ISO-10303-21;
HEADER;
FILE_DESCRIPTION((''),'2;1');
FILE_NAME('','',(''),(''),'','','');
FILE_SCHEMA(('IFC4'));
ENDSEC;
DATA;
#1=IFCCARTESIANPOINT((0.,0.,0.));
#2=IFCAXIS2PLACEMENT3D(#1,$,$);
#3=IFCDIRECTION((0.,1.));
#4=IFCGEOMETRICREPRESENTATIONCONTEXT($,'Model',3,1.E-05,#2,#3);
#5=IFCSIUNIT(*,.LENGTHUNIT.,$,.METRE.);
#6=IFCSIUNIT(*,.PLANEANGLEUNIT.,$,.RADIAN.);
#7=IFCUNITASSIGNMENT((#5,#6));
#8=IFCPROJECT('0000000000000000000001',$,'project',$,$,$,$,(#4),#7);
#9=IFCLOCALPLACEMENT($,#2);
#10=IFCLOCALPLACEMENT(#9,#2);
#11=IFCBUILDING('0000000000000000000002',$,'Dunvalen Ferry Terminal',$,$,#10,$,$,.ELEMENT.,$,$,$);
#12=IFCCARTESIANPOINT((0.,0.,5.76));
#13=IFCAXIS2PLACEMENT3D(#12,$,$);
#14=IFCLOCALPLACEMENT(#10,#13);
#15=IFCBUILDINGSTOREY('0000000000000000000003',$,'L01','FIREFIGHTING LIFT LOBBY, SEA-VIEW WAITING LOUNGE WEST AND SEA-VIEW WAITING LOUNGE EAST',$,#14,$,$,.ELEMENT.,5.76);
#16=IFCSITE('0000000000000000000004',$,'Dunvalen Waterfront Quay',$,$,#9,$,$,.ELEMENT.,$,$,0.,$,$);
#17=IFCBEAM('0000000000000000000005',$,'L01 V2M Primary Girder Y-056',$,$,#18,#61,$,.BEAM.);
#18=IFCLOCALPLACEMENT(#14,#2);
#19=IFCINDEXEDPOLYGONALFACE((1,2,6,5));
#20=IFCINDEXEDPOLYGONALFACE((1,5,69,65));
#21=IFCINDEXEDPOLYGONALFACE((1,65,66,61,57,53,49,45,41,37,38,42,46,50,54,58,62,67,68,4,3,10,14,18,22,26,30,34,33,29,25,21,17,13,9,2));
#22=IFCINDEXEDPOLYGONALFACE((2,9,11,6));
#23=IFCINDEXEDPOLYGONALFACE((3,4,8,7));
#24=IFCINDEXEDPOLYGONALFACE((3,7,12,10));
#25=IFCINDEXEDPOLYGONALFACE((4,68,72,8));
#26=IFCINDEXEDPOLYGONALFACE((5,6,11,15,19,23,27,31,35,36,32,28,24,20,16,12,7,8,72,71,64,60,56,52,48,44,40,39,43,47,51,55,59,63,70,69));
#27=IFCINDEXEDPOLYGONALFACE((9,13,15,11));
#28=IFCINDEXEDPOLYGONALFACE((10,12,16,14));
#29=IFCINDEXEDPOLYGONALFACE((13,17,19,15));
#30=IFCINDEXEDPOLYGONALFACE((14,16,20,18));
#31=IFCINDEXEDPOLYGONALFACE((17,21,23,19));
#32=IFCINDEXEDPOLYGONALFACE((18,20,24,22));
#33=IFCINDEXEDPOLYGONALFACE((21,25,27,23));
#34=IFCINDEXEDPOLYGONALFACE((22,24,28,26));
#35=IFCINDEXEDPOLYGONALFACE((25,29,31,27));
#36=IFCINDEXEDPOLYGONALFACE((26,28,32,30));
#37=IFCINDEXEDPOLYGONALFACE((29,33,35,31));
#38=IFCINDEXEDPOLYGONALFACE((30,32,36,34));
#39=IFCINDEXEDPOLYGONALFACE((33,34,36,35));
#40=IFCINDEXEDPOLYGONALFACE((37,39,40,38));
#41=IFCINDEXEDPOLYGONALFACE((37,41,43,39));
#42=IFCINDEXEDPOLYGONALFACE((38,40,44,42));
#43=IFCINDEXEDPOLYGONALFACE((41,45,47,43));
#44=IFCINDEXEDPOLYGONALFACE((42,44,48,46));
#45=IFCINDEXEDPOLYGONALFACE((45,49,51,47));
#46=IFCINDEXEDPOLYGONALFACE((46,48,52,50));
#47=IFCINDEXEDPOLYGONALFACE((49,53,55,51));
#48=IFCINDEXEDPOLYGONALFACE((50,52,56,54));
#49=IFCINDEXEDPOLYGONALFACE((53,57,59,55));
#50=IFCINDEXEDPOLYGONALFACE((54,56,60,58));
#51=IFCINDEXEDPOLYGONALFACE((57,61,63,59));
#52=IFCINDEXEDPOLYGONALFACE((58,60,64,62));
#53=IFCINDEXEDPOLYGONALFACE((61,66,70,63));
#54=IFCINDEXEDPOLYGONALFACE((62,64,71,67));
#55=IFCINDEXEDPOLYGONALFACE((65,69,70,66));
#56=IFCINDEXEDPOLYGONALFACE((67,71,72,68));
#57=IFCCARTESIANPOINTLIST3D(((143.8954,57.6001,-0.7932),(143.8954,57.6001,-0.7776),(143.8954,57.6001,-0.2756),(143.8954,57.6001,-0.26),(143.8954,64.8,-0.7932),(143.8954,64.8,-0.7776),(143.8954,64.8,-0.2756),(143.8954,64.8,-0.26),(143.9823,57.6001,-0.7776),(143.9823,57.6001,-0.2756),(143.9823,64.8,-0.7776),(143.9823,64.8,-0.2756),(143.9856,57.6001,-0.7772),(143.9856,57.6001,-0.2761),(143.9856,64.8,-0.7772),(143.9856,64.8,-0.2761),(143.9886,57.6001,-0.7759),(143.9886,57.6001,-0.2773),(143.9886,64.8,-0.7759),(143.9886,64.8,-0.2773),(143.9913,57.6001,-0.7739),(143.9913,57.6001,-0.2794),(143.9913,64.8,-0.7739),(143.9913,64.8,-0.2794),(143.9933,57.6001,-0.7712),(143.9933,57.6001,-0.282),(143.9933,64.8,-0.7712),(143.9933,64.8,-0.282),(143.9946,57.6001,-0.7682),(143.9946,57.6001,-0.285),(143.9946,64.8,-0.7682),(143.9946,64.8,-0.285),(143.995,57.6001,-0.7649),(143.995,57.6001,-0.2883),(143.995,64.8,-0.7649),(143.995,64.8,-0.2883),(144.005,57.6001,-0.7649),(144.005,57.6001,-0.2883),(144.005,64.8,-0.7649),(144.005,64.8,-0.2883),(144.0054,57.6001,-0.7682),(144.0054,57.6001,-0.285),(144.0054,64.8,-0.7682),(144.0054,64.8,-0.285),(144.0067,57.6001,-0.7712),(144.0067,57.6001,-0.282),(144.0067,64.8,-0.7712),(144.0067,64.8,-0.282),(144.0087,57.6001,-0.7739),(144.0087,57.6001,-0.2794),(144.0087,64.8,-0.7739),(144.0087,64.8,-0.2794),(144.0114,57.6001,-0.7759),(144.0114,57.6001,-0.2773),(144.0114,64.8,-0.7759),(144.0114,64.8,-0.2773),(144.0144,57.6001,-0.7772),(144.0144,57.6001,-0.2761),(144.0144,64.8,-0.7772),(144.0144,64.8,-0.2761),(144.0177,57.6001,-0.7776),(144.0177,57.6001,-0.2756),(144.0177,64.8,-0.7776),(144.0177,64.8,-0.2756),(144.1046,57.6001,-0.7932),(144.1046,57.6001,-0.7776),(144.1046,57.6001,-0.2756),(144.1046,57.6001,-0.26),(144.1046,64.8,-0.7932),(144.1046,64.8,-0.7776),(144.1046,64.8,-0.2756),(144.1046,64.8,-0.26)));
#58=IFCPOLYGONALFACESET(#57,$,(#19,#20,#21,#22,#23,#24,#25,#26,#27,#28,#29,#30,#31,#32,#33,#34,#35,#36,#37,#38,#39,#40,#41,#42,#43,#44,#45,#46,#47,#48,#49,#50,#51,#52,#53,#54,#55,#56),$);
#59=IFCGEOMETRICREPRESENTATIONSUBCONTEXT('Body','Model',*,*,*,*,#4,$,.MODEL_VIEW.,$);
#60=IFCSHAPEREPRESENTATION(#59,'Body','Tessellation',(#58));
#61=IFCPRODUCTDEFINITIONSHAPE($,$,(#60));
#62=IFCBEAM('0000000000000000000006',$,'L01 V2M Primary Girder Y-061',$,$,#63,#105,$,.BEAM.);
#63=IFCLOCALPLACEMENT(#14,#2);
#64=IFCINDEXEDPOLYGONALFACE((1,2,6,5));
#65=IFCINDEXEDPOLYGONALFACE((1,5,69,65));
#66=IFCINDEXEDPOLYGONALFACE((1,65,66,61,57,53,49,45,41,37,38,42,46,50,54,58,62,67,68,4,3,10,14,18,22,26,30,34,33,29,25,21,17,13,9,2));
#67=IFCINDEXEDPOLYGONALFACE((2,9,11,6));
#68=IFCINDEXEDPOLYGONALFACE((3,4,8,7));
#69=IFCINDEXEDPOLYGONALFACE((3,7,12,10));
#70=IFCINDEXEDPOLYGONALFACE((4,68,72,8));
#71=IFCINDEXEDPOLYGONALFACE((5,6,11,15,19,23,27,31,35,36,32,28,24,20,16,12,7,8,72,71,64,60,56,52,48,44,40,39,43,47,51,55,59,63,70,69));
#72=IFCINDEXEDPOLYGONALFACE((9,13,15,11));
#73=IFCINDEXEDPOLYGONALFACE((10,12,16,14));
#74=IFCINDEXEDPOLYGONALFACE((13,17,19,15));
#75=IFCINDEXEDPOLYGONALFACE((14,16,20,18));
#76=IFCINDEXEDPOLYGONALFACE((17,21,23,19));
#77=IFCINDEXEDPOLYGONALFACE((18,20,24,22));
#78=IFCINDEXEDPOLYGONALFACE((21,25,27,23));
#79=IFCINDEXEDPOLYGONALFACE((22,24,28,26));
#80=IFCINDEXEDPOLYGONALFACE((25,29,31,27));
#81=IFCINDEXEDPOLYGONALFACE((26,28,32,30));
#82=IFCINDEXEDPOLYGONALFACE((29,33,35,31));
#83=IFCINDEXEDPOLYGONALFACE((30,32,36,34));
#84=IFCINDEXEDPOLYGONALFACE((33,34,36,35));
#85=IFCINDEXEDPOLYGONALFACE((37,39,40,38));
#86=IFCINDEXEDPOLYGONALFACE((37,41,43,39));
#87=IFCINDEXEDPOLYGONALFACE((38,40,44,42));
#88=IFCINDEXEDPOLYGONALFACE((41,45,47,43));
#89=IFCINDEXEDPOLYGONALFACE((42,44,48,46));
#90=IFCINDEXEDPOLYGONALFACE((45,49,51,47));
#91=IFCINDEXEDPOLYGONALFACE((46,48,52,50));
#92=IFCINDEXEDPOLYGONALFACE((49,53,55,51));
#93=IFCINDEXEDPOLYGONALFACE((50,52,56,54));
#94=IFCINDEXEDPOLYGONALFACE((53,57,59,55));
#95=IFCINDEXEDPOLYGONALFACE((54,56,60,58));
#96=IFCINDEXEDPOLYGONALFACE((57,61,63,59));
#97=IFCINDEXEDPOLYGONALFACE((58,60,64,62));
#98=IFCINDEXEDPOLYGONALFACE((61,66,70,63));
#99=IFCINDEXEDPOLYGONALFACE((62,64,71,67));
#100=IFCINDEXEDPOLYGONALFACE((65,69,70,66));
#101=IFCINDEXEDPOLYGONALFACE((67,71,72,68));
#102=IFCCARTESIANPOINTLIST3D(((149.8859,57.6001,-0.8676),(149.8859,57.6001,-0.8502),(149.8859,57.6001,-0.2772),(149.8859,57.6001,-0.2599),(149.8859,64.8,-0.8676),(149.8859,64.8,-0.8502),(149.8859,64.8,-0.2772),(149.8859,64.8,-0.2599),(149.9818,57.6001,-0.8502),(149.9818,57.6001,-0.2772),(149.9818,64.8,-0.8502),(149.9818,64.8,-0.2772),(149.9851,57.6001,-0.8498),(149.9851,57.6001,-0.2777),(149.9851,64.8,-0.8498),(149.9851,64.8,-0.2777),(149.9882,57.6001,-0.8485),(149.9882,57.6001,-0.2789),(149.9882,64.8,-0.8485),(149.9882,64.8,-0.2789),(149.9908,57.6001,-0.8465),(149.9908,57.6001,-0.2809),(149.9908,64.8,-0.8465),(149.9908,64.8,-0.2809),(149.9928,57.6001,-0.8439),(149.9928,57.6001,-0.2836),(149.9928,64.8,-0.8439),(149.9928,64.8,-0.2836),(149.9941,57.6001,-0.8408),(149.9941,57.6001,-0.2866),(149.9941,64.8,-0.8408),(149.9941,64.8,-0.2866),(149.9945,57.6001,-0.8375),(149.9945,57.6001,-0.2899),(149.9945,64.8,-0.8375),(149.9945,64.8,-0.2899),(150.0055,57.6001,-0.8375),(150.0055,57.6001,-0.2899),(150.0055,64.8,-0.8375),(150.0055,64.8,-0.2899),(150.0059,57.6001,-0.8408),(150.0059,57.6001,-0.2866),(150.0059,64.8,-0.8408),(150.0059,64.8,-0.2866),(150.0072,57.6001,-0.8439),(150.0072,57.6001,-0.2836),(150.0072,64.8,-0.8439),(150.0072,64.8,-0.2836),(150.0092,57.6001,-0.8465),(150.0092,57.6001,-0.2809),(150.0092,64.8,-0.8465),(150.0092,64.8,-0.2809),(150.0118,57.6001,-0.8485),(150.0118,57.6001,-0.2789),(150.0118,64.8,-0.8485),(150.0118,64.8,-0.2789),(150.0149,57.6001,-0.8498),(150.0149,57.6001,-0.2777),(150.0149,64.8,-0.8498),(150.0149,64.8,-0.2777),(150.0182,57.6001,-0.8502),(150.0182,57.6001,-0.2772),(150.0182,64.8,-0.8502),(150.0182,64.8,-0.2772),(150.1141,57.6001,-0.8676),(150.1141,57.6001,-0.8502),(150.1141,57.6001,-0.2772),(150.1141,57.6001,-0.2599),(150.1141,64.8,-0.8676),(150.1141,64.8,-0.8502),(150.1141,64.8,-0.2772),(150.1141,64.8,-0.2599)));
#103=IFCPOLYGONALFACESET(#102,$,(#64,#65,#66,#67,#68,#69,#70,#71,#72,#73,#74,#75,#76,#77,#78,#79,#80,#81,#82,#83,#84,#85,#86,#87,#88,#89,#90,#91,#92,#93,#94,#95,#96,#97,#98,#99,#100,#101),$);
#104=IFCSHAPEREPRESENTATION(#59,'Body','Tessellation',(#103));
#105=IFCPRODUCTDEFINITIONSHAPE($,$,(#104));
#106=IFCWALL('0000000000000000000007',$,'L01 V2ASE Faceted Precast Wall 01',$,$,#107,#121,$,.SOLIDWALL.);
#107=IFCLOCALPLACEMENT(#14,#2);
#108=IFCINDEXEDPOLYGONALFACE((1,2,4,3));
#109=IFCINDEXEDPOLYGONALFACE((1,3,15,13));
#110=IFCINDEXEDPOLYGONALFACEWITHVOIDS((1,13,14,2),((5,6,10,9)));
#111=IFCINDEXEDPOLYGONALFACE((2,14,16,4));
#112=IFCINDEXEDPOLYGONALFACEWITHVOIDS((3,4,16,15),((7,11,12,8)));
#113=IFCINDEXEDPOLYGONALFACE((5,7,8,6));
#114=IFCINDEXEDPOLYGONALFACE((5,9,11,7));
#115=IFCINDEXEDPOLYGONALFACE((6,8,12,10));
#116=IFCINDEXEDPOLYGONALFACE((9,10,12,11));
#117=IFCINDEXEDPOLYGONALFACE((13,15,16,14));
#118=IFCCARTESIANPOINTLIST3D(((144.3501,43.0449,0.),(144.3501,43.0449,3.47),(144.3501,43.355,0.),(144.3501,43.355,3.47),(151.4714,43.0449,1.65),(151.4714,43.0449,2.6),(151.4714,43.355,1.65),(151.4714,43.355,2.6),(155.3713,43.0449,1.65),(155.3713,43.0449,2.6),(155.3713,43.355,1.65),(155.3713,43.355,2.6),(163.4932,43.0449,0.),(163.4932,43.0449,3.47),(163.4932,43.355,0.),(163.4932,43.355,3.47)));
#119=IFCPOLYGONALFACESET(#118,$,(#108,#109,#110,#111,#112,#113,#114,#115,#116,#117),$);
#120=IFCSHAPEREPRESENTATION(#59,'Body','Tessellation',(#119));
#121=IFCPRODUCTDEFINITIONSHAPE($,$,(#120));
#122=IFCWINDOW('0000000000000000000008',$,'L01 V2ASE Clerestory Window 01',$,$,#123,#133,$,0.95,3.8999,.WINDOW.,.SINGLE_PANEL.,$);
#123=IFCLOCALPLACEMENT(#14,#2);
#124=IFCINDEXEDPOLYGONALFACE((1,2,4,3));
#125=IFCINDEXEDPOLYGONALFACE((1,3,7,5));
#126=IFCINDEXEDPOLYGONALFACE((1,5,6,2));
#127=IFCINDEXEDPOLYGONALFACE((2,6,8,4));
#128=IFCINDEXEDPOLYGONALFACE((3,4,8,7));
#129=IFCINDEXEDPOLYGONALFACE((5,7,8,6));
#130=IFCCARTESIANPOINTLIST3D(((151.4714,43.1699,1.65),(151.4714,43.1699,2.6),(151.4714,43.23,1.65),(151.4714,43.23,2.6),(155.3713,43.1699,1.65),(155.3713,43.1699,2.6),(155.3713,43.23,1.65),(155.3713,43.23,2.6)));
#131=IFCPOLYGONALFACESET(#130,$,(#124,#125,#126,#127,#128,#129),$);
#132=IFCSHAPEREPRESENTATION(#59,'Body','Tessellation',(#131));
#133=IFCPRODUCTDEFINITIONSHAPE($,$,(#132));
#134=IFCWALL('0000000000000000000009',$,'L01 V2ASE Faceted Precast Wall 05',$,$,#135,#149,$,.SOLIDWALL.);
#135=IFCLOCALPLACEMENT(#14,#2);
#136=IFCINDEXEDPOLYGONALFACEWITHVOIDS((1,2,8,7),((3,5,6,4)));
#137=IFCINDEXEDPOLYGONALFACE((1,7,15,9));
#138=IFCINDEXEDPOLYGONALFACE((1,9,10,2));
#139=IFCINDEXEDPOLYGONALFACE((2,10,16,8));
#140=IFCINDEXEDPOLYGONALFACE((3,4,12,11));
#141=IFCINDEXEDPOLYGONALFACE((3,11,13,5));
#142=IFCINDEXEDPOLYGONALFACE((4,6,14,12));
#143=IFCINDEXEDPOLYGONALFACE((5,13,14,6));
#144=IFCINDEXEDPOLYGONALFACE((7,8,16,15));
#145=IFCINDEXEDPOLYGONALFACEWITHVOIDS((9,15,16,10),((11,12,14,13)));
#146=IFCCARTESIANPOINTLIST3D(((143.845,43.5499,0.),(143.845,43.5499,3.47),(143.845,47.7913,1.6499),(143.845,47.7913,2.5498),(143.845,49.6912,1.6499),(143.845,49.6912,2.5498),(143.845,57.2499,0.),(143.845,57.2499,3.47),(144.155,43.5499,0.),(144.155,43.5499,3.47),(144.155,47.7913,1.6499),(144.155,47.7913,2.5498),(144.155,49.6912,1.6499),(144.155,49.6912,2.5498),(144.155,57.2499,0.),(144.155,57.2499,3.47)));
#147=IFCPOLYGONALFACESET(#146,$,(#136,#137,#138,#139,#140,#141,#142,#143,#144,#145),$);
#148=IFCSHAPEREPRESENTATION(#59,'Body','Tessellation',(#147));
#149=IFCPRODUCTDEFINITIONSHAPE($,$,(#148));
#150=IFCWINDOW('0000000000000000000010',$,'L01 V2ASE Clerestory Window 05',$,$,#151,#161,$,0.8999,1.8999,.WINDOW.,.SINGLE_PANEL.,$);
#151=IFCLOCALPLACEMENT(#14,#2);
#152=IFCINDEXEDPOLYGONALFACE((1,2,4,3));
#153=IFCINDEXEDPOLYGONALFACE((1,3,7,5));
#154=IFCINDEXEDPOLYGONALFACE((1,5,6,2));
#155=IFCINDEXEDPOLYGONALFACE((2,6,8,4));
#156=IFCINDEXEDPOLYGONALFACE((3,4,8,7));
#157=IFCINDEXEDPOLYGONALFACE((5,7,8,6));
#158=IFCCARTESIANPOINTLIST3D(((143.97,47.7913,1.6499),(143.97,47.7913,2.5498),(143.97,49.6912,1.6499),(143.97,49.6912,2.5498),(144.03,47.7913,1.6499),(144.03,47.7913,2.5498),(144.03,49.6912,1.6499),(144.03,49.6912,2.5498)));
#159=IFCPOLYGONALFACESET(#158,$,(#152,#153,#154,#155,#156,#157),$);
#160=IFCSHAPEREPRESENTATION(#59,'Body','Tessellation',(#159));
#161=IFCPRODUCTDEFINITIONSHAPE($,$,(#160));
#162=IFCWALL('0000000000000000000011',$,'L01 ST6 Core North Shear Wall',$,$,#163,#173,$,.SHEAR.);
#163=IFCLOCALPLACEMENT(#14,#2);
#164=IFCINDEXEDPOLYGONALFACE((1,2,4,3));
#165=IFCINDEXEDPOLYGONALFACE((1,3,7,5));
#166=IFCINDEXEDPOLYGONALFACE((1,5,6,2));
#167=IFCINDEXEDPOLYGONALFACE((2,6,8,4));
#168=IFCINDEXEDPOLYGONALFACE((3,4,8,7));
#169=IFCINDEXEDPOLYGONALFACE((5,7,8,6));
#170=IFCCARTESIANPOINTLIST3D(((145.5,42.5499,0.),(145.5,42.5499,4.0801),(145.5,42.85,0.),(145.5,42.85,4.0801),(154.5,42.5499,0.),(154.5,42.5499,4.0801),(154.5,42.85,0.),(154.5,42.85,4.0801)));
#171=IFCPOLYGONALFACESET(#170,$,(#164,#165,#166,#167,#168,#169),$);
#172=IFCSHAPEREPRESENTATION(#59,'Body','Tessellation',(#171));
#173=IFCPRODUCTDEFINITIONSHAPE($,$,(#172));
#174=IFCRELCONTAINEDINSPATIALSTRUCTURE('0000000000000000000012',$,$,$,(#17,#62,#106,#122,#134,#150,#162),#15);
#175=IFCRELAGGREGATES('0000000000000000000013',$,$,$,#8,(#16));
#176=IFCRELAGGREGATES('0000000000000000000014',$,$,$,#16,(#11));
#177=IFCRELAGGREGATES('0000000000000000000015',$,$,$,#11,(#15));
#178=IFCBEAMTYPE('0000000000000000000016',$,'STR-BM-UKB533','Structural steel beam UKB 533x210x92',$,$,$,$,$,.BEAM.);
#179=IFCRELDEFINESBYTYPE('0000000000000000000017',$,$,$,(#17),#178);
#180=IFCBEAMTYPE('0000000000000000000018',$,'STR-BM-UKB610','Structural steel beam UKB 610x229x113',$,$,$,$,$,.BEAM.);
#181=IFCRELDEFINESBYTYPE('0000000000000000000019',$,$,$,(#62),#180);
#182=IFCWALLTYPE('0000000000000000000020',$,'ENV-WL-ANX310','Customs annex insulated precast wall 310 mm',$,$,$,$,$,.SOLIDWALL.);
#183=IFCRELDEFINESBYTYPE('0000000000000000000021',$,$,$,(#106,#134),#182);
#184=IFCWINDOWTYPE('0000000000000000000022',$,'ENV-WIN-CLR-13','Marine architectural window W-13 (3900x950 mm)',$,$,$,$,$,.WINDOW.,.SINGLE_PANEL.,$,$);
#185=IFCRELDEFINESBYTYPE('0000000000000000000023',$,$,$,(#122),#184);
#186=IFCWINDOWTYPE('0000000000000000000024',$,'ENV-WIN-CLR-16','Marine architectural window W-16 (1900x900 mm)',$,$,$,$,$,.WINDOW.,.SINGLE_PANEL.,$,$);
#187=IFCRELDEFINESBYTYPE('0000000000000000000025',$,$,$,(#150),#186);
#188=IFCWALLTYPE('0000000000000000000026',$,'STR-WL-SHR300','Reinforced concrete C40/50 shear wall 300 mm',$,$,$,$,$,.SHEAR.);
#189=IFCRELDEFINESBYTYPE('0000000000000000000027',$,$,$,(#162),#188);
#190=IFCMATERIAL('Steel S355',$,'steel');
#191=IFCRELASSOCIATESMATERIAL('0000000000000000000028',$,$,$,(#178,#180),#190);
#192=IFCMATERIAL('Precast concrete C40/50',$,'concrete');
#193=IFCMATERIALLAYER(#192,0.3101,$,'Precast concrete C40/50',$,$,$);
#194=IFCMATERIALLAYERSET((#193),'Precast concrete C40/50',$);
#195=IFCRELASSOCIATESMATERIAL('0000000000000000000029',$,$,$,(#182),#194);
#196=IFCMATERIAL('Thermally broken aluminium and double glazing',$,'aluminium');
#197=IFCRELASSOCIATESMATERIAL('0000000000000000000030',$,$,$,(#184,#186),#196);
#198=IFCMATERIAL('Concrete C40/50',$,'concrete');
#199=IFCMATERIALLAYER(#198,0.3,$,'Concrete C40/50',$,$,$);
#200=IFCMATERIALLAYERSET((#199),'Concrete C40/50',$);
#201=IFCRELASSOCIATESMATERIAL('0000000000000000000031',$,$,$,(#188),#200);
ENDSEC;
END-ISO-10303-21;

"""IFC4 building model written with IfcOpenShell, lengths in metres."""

from ifc_helpers import new_model, si_unit, direction, frame, frame_2d, origin, origin_2d, place, context, subcontext, project, spatial, rectangle, i_section, extrude, material, layer, layer_set, material_profile, profile_set, type_object, element, fill, save


model = new_model("IFC4")

# Units and contexts
model_context = context("Model", 3, precision=1e-05, world=origin(), true_north=direction((0.0, 1.0)))
body_context = subcontext(model_context, "Body", "Model", "MODEL_VIEW")
ifc_project = project(units=[si_unit("LENGTHUNIT", "METRE"), si_unit("PLANEANGLEUNIT", "RADIAN")], contexts=[model_context])

# Site, building, storey
site_placement = place(None, origin())
site = spatial("IfcSite", under=ifc_project, at=site_placement, Name="Dunvalen Waterfront Quay", CompositionType="ELEMENT", RefElevation=0.0)
building_placement = place(site_placement, origin())
building = spatial("IfcBuilding", under=site, at=building_placement, Name="Dunvalen Ferry Terminal", CompositionType="ELEMENT")
storey_placement = place(building_placement, frame((0.0, 0.0, 5.76)))
storey = spatial("IfcBuildingStorey", under=building, at=storey_placement, Name="L01", Description="FIREFIGHTING LIFT LOBBY, SEA-VIEW WAITING LOUNGE WEST AND SEA-VIEW WAITING LOUNGE EAST", CompositionType="ELEMENT", Elevation=5.76)

# Shared definitions
ifc_material_1 = material(Name="Concrete C40/50", Category="concrete")

# Beams
ifc_material_2 = material(Name="Steel S355", Category="steel")
ifc_material_profile_1 = material_profile(ifc_material_2, i_section(OverallWidth=0.2092, OverallDepth=0.5332, WebThickness=0.01, FlangeThickness=0.0156, FilletRadius=0.0127, at=origin_2d()), Name="Steel S355")
ifc_profile_set_1 = profile_set([ifc_material_profile_1], Name="Steel S355")
beam_type_1 = type_object("IfcBeamType", Name="STR-BM-UKB533", Description="Structural steel beam UKB 533x210x92", PredefinedType="BEAM", material=ifc_profile_set_1)
beam_1_placement = place(storey_placement, frame((144.0, 57.6001, -0.5266), z_axis=(0.0, 1.0, 0.0), x_axis=(-1.0, 0.0, 0.0)))
element("IfcBeam", 1, at=beam_1_placement, inside=storey, type_object=beam_type_1, Name="L01 V2M Primary Girder Y-056", PredefinedType="BEAM", context=body_context, shape_type="SweptSolid", body=[
    extrude(i_section(OverallWidth=0.2092, OverallDepth=0.5332, WebThickness=0.01, FlangeThickness=0.0156, FilletRadius=0.0127, at=origin_2d()), origin(), (0.0, 0.0, 1.0), 7.2),
])
ifc_material_profile_2 = material_profile(ifc_material_2, i_section(OverallWidth=0.2283, OverallDepth=0.6077, WebThickness=0.011, FlangeThickness=0.0173, FilletRadius=0.0127, at=origin_2d()), Name="Steel S355")
ifc_profile_set_2 = profile_set([ifc_material_profile_2], Name="Steel S355")
beam_type_2 = type_object("IfcBeamType", Name="STR-BM-UKB610", Description="Structural steel beam UKB 610x229x113", PredefinedType="BEAM", material=ifc_profile_set_2)
beam_2_placement = place(storey_placement, frame((150.0, 57.6001, -0.5637), z_axis=(0.0, 1.0, 0.0), x_axis=(-1.0, 0.0, 0.0)))
element("IfcBeam", 2, at=beam_2_placement, inside=storey, type_object=beam_type_2, Name="L01 V2M Primary Girder Y-061", PredefinedType="BEAM", context=body_context, shape_type="SweptSolid", body=[
    extrude(i_section(OverallWidth=0.2283, OverallDepth=0.6077, WebThickness=0.011, FlangeThickness=0.0173, FilletRadius=0.0127, at=origin_2d()), origin(), (0.0, 0.0, 1.0), 7.2),
])

# Walls, openings, windows
ifc_material_3 = material(Name="Precast concrete C40/50", Category="concrete")
ifc_layer_1 = layer(ifc_material_3, 0.3101, Name="Precast concrete C40/50")
ifc_layer_set_1 = layer_set([ifc_layer_1], Name="Precast concrete C40/50")
wall_type_1 = type_object("IfcWallType", Name="ENV-WL-ANX310", Description="Customs annex insulated precast wall 310 mm", PredefinedType="SOLIDWALL", material=ifc_layer_set_1)
wall_1_placement = place(storey_placement, frame((144.3501, 43.2, 0.0), z_axis=(0.0, 0.0, 1.0), x_axis=(1.0, 0.0, 0.0)))
wall_1 = element("IfcWall", 3, at=wall_1_placement, inside=storey, type_object=wall_type_1, Name="L01 V2ASE Faceted Precast Wall 01", PredefinedType="SOLIDWALL", context=body_context, shape_type="SweptSolid", body=[
    extrude(rectangle(XDim=19.1431, YDim=0.3101, at=frame_2d((9.5715, 0.0))), origin(), (0.0, 0.0, 1.0), 3.47),
])
opening_1_placement = place(wall_1_placement, frame((7.1213, 0.0, 1.6499)))
opening_1 = element("IfcOpeningElement", 4, at=opening_1_placement, cuts=wall_1, PredefinedType="OPENING", context=body_context, shape_type="SweptSolid", body=[
    extrude(rectangle(XDim=3.8999, YDim=0.95, at=frame_2d((1.95, 0.4751))), frame((0.0, 0.165, 0.0), z_axis=(0.0, -1.0, 0.0), x_axis=(1.0, 0.0, 0.0)), (0.0, 0.0, 1.0), 0.3301),
])
ifc_material_4 = material(Name="Thermally broken aluminium and double glazing", Category="aluminium")
window_type_1 = type_object("IfcWindowType", Name="ENV-WIN-CLR-13", Description="Marine architectural window W-13 (3900x950 mm)", PartitioningType="SINGLE_PANEL", PredefinedType="WINDOW", material=ifc_material_4)
window_1_placement = place(opening_1_placement, origin())
window_1 = element("IfcWindow", 5, at=window_1_placement, inside=storey, type_object=window_type_1, Name="L01 V2ASE Clerestory Window 01", OverallHeight=0.95, OverallWidth=3.8999, PartitioningType="SINGLE_PANEL", PredefinedType="WINDOW", context=body_context, shape_type="SweptSolid", body=[
    extrude(rectangle(XDim=3.8999, YDim=0.95, at=frame_2d((1.95, 0.4751))), frame((0.0, 0.03, 0.0), z_axis=(0.0, -1.0, 0.0), x_axis=(1.0, 0.0, 0.0)), (0.0, 0.0, 1.0), 0.0601),
])
fill(opening_1, window_1)
wall_2_placement = place(storey_placement, frame((144.0, 57.25, 0.0), z_axis=(0.0, 0.0, 1.0), x_axis=(0.0, -1.0, 0.0)))
wall_2 = element("IfcWall", 6, at=wall_2_placement, inside=storey, type_object=wall_type_1, Name="L01 V2ASE Faceted Precast Wall 05", PredefinedType="SOLIDWALL", context=body_context, shape_type="SweptSolid", body=[
    extrude(rectangle(XDim=13.7, YDim=0.3101, at=frame_2d((6.8501, 0.0))), origin(), (0.0, 0.0, 1.0), 3.47),
])
opening_2_placement = place(wall_2_placement, frame((7.5588, 0.0, 1.6499)))
opening_2 = element("IfcOpeningElement", 7, at=opening_2_placement, cuts=wall_2, PredefinedType="OPENING", context=body_context, shape_type="SweptSolid", body=[
    extrude(rectangle(XDim=1.8999, YDim=0.8999, at=frame_2d((0.95, 0.45))), frame((0.0, 0.165, 0.0), z_axis=(0.0, -1.0, 0.0), x_axis=(1.0, 0.0, 0.0)), (0.0, 0.0, 1.0), 0.3301),
])
window_type_2 = type_object("IfcWindowType", Name="ENV-WIN-CLR-16", Description="Marine architectural window W-16 (1900x900 mm)", PartitioningType="SINGLE_PANEL", PredefinedType="WINDOW", material=ifc_material_4)
window_2_placement = place(opening_2_placement, origin())
window_2 = element("IfcWindow", 8, at=window_2_placement, inside=storey, type_object=window_type_2, Name="L01 V2ASE Clerestory Window 05", OverallHeight=0.8999, OverallWidth=1.8999, PartitioningType="SINGLE_PANEL", PredefinedType="WINDOW", context=body_context, shape_type="SweptSolid", body=[
    extrude(rectangle(XDim=1.8999, YDim=0.8999, at=frame_2d((0.95, 0.45))), frame((0.0, 0.03, 0.0), z_axis=(0.0, -1.0, 0.0), x_axis=(1.0, 0.0, 0.0)), (0.0, 0.0, 1.0), 0.0601),
])
fill(opening_2, window_2)

# Wall
ifc_layer_2 = layer(ifc_material_1, 0.3, Name="Concrete C40/50")
ifc_layer_set_2 = layer_set([ifc_layer_2], Name="Concrete C40/50")
wall_type_2 = type_object("IfcWallType", Name="STR-WL-SHR300", Description="Reinforced concrete C40/50 shear wall 300 mm", PredefinedType="SHEAR", material=ifc_layer_set_2)
wall_3_placement = place(storey_placement, frame((145.5, 42.7, 0.0), z_axis=(0.0, 0.0, 1.0), x_axis=(1.0, 0.0, 0.0)))
element("IfcWall", 9, at=wall_3_placement, inside=storey, type_object=wall_type_2, Name="L01 ST6 Core North Shear Wall", PredefinedType="SHEAR", context=body_context, shape_type="SweptSolid", body=[
    extrude(rectangle(XDim=9.0, YDim=0.3, at=frame_2d((4.5, 0.0))), origin(), (0.0, 0.0, 1.0), 4.0801),
])

save(model, "model.ifc")
